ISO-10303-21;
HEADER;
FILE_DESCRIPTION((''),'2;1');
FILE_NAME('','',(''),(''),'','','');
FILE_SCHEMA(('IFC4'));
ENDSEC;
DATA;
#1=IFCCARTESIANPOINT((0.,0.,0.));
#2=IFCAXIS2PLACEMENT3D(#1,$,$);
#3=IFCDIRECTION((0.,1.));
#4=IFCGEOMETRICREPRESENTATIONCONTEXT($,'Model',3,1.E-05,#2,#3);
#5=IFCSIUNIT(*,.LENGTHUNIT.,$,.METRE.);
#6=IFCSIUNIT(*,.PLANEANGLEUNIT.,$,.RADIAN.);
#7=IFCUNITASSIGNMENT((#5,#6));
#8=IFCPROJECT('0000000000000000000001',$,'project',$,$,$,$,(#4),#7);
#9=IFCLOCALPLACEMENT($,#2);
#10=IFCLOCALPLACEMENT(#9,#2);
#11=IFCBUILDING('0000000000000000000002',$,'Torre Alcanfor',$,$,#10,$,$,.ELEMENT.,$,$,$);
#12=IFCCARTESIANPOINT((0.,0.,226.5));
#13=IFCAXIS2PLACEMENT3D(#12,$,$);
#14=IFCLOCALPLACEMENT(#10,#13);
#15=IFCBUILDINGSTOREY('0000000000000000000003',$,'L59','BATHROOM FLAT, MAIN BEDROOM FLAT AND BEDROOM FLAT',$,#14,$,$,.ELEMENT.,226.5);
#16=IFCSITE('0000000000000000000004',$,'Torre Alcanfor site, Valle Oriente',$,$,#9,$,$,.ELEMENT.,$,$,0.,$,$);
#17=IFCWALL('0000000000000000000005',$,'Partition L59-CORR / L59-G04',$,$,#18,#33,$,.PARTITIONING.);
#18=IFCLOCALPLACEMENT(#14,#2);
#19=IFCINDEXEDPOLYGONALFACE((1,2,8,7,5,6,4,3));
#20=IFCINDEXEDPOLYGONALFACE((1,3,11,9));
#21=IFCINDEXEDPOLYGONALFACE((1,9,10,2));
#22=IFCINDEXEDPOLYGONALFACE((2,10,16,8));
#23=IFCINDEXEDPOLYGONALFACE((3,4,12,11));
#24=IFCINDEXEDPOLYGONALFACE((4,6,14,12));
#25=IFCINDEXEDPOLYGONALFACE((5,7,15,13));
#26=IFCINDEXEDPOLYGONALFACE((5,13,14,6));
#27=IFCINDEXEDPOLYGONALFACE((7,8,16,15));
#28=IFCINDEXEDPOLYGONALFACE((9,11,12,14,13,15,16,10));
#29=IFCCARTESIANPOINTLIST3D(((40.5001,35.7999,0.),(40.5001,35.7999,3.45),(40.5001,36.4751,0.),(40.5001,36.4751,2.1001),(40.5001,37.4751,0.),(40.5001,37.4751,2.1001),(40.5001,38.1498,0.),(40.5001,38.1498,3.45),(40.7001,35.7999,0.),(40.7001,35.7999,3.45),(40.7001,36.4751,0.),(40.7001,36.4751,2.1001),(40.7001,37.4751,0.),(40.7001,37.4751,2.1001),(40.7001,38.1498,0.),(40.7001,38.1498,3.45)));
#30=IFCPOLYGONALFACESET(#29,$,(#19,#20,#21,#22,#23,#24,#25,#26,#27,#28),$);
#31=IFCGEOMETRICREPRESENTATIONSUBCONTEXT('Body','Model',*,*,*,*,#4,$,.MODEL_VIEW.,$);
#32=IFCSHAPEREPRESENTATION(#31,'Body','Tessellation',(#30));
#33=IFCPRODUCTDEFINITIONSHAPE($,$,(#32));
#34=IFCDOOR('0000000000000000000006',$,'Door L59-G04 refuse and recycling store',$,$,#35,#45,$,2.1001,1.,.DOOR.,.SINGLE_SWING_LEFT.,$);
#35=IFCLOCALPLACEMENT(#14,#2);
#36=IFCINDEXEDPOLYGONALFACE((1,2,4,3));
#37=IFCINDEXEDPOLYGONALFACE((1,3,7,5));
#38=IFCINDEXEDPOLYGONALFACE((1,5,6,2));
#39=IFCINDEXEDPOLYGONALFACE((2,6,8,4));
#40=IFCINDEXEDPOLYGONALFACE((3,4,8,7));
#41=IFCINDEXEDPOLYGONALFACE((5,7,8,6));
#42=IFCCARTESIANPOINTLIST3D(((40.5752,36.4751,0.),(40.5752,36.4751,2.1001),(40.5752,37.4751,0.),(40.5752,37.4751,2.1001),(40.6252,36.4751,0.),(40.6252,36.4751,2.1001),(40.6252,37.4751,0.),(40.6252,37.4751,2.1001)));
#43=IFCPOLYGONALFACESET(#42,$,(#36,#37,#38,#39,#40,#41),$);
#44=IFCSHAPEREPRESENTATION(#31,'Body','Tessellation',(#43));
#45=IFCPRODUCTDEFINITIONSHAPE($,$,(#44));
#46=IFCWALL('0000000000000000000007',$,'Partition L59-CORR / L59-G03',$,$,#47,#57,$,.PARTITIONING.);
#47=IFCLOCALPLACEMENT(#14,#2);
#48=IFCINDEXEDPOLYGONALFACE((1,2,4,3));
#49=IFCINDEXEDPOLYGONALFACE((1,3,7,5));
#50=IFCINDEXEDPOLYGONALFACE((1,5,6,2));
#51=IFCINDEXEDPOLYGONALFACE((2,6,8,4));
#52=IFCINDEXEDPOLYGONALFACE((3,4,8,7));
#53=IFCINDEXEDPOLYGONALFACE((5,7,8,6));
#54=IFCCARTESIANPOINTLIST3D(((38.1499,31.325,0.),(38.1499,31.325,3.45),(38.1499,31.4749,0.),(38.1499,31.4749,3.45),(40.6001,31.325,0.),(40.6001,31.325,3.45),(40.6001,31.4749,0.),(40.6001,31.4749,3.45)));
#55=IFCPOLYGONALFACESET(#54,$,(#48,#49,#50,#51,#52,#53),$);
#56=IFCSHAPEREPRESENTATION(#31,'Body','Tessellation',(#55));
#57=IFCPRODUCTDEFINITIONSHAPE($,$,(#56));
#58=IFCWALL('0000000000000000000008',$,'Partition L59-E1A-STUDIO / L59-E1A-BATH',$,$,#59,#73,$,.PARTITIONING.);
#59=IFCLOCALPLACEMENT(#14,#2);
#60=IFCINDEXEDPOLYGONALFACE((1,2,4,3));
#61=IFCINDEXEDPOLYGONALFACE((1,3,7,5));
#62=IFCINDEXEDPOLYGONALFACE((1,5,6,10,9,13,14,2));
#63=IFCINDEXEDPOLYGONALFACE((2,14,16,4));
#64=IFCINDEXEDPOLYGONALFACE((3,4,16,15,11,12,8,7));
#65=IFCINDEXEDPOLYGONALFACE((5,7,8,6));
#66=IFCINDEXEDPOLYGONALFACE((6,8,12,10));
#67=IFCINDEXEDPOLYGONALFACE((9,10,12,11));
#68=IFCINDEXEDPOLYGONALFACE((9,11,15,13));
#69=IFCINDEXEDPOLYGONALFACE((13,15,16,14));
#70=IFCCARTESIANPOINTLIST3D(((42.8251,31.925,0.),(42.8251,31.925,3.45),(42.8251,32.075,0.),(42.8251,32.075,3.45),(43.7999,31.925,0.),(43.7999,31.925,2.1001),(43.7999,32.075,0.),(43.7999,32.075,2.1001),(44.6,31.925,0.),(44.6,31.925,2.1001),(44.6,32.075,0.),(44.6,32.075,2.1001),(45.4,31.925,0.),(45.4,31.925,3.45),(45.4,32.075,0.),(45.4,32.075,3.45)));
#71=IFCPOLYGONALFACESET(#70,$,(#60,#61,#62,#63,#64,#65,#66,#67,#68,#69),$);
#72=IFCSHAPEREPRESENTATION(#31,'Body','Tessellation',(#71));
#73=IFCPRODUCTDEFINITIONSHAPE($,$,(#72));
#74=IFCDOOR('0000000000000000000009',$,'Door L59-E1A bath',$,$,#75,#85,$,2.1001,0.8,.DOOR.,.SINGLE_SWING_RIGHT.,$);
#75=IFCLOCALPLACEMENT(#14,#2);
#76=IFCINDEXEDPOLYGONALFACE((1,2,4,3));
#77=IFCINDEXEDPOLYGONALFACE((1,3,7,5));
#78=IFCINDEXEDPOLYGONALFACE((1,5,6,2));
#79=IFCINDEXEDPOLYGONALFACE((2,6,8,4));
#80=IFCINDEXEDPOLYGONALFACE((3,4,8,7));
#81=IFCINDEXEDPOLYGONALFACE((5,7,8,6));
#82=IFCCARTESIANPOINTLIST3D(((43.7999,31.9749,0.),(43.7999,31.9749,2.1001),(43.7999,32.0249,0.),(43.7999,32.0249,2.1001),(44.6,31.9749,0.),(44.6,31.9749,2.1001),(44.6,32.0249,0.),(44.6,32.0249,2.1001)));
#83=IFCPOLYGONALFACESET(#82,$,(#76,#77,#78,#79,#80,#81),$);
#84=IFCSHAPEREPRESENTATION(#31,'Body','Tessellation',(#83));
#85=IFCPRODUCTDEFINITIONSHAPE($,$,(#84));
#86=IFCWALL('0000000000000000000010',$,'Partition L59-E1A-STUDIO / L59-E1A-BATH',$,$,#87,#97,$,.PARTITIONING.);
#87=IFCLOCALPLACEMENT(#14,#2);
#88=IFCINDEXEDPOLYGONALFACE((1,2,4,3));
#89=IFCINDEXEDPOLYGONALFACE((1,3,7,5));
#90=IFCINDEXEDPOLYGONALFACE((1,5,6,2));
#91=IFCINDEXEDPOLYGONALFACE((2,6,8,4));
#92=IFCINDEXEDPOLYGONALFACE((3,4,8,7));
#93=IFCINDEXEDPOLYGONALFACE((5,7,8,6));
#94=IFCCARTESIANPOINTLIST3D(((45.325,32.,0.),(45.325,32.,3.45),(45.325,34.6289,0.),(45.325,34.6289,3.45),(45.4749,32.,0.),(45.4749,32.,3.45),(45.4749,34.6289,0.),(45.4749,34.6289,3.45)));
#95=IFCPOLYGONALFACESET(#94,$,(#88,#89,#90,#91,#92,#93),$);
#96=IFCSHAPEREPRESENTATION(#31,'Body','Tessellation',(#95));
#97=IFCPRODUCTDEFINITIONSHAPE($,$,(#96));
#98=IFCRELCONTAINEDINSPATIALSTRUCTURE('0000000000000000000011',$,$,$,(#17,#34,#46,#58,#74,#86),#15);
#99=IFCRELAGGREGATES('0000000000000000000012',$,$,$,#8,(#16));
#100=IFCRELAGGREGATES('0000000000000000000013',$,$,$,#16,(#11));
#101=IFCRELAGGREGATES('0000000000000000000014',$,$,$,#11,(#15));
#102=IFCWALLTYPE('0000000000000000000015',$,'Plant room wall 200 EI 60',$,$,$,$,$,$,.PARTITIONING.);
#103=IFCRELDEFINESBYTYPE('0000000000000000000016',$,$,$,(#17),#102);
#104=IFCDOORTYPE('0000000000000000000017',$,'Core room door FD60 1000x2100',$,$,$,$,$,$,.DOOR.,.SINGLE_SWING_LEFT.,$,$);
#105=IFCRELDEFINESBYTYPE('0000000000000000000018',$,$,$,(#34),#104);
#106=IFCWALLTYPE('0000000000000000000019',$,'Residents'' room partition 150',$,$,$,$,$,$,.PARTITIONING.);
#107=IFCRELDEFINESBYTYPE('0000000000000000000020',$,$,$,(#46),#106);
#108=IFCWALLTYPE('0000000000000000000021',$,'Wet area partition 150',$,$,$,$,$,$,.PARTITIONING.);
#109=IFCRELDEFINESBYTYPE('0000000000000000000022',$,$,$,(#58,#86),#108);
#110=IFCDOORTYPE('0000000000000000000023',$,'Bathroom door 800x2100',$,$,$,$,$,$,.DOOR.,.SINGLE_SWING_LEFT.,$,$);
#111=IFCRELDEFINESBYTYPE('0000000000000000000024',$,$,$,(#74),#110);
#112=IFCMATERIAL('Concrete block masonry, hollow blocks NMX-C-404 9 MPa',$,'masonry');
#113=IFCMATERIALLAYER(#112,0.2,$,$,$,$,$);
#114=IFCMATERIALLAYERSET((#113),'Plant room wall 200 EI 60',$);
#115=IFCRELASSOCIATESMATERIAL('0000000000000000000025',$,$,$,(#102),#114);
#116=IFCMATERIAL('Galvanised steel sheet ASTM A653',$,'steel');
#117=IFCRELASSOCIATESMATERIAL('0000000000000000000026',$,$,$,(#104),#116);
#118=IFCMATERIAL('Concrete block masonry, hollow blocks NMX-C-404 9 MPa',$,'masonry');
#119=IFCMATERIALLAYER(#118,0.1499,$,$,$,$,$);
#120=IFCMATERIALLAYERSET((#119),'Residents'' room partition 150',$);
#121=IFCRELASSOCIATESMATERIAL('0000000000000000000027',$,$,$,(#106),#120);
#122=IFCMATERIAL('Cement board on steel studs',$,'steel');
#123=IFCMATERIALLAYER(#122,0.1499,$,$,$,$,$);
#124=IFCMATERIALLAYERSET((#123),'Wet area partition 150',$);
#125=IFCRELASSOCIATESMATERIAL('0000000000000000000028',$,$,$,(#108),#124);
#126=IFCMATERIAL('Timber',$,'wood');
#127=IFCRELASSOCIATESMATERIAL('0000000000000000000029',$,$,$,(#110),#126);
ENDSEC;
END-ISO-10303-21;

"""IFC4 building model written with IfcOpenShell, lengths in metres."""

from ifc_helpers import new_model, si_unit, direction, frame, frame_2d, origin, place, context, subcontext, project, spatial, rectangle, extrude, material, layer, layer_set, type_object, element, fill, save


model = new_model("IFC4")

# Units and contexts
model_context = context("Model", 3, precision=1e-05, world=origin(), true_north=direction((0.0, 1.0)))
body_context = subcontext(model_context, "Body", "Model", "MODEL_VIEW")
ifc_project = project(units=[si_unit("LENGTHUNIT", "METRE"), si_unit("PLANEANGLEUNIT", "RADIAN")], contexts=[model_context])

# Site, building, storey
site_placement = place(None, origin())
site = spatial("IfcSite", under=ifc_project, at=site_placement, Name="Torre Alcanfor site, Valle Oriente", CompositionType="ELEMENT", RefElevation=0.0)
building_placement = place(site_placement, origin())
building = spatial("IfcBuilding", under=site, at=building_placement, Name="Torre Alcanfor", CompositionType="ELEMENT")
storey_placement = place(building_placement, frame((0.0, 0.0, 226.5)))
storey = spatial("IfcBuildingStorey", under=building, at=storey_placement, Name="L59", Description="BATHROOM FLAT, MAIN BEDROOM FLAT AND BEDROOM FLAT", CompositionType="ELEMENT", Elevation=226.5)

# Shared definitions
ifc_material_1 = material(Name="Concrete block masonry, hollow blocks NMX-C-404 9 MPa", Category="masonry")
ifc_layer_1 = layer(ifc_material_1, 0.2)
ifc_layer_set_1 = layer_set([ifc_layer_1], Name="Plant room wall 200 EI 60")
wall_type_1 = type_object("IfcWallType", Name="Plant room wall 200 EI 60", PredefinedType="PARTITIONING", material=ifc_layer_set_1)

# Wall, opening, door
wall_1_placement = place(storey_placement, frame((40.6001, 35.8, 0.0), z_axis=(0.0, 0.0, 1.0), x_axis=(0.0, 1.0, 0.0)))
wall_1 = element("IfcWall", 1, at=wall_1_placement, inside=storey, type_object=wall_type_1, Name="Partition L59-CORR / L59-G04", PredefinedType="PARTITIONING", context=body_context, shape_type="SweptSolid", body=[
    extrude(rectangle(XDim=2.3499, YDim=0.2, at=frame_2d((1.1748, 0.0))), origin(), (0.0, 0.0, 1.0), 3.45),
])
opening_1_placement = place(wall_1_placement, frame((0.675, 0.0, 0.0)))
opening_1 = element("IfcOpeningElement", 2, at=opening_1_placement, cuts=wall_1, PredefinedType="OPENING", context=body_context, shape_type="SweptSolid", body=[
    extrude(rectangle(XDim=1.0, YDim=2.1001, at=frame_2d((0.5, 1.05))), frame((0.0, 0.1099, 0.0), z_axis=(0.0, -1.0, 0.0), x_axis=(1.0, 0.0, 0.0)), (0.0, 0.0, 1.0), 0.22),
])
ifc_material_2 = material(Name="Galvanised steel sheet ASTM A653", Category="steel")
door_type_1 = type_object("IfcDoorType", Name="Core room door FD60 1000x2100", OperationType="SINGLE_SWING_LEFT", PredefinedType="DOOR", material=ifc_material_2)
door_1_placement = place(opening_1_placement, origin())
door_1 = element("IfcDoor", 3, at=door_1_placement, inside=storey, type_object=door_type_1, Name="Door L59-G04 refuse and recycling store", OperationType="SINGLE_SWING_LEFT", OverallHeight=2.1001, OverallWidth=1.0, PredefinedType="DOOR", context=body_context, shape_type="SweptSolid", body=[
    extrude(rectangle(XDim=1.0, YDim=2.1001, at=frame_2d((0.5, 1.05))), frame((0.0, 0.0249, 0.0), z_axis=(0.0, -1.0, 0.0), x_axis=(1.0, 0.0, 0.0)), (0.0, 0.0, 1.0), 0.05),
])
fill(opening_1, door_1)

# Wall
ifc_material_3 = material(Name="Concrete block masonry, hollow blocks NMX-C-404 9 MPa", Category="masonry")
ifc_layer_2 = layer(ifc_material_3, 0.1499)
ifc_layer_set_2 = layer_set([ifc_layer_2], Name="Residents' room partition 150")
wall_type_2 = type_object("IfcWallType", Name="Residents' room partition 150", PredefinedType="PARTITIONING", material=ifc_layer_set_2)
wall_2_placement = place(storey_placement, frame((40.6001, 31.3999, 0.0), z_axis=(0.0, 0.0, 1.0), x_axis=(-1.0, 0.0, 0.0)))
element("IfcWall", 4, at=wall_2_placement, inside=storey, type_object=wall_type_2, Name="Partition L59-CORR / L59-G03", PredefinedType="PARTITIONING", context=body_context, shape_type="SweptSolid", body=[
    extrude(rectangle(XDim=2.4502, YDim=0.1499, at=frame_2d((1.2251, 0.0))), origin(), (0.0, 0.0, 1.0), 3.45),
])

# Wall, opening, door
ifc_material_4 = material(Name="Cement board on steel studs", Category="steel")
ifc_layer_3 = layer(ifc_material_4, 0.1499)
ifc_layer_set_3 = layer_set([ifc_layer_3], Name="Wet area partition 150")
wall_type_3 = type_object("IfcWallType", Name="Wet area partition 150", PredefinedType="PARTITIONING", material=ifc_layer_set_3)
wall_3_placement = place(storey_placement, frame((42.825, 32.0, 0.0), z_axis=(0.0, 0.0, 1.0), x_axis=(1.0, 0.0, 0.0)))
wall_3 = element("IfcWall", 5, at=wall_3_placement, inside=storey, type_object=wall_type_3, Name="Partition L59-E1A-STUDIO / L59-E1A-BATH", PredefinedType="PARTITIONING", context=body_context, shape_type="SweptSolid", body=[
    extrude(rectangle(XDim=2.575, YDim=0.1499, at=frame_2d((1.2876, 0.0))), origin(), (0.0, 0.0, 1.0), 3.45),
])
opening_2_placement = place(wall_3_placement, frame((0.9751, 0.0, 0.0)))
opening_2 = element("IfcOpeningElement", 6, at=opening_2_placement, cuts=wall_3, PredefinedType="OPENING", context=body_context, shape_type="SweptSolid", body=[
    extrude(rectangle(XDim=0.8, YDim=2.1001, at=frame_2d((0.3999, 1.05))), frame((0.0, 0.085, 0.0), z_axis=(0.0, -1.0, 0.0), x_axis=(1.0, 0.0, 0.0)), (0.0, 0.0, 1.0), 0.1699),
])
ifc_material_5 = material(Name="Timber", Category="wood")
door_type_2 = type_object("IfcDoorType", Name="Bathroom door 800x2100", OperationType="SINGLE_SWING_LEFT", PredefinedType="DOOR", material=ifc_material_5)
door_2_placement = place(opening_2_placement, origin())
door_2 = element("IfcDoor", 7, at=door_2_placement, inside=storey, type_object=door_type_2, Name="Door L59-E1A bath", OperationType="SINGLE_SWING_RIGHT", OverallHeight=2.1001, OverallWidth=0.8, PredefinedType="DOOR", context=body_context, shape_type="SweptSolid", body=[
    extrude(rectangle(XDim=0.8, YDim=2.1001, at=frame_2d((0.3999, 1.05))), frame((0.0, 0.0249, 0.0), z_axis=(0.0, -1.0, 0.0), x_axis=(1.0, 0.0, 0.0)), (0.0, 0.0, 1.0), 0.05),
])
fill(opening_2, door_2)

# Wall
wall_4_placement = place(storey_placement, frame((45.3999, 32.0, 0.0), z_axis=(0.0, 0.0, 1.0), x_axis=(0.0, 1.0, 0.0)))
element("IfcWall", 8, at=wall_4_placement, inside=storey, type_object=wall_type_3, Name="Partition L59-E1A-STUDIO / L59-E1A-BATH", PredefinedType="PARTITIONING", context=body_context, shape_type="SweptSolid", body=[
    extrude(rectangle(XDim=2.6289, YDim=0.1499, at=frame_2d((1.3145, 0.0))), origin(), (0.0, 0.0, 1.0), 3.45),
])

save(model, "model.ifc")
